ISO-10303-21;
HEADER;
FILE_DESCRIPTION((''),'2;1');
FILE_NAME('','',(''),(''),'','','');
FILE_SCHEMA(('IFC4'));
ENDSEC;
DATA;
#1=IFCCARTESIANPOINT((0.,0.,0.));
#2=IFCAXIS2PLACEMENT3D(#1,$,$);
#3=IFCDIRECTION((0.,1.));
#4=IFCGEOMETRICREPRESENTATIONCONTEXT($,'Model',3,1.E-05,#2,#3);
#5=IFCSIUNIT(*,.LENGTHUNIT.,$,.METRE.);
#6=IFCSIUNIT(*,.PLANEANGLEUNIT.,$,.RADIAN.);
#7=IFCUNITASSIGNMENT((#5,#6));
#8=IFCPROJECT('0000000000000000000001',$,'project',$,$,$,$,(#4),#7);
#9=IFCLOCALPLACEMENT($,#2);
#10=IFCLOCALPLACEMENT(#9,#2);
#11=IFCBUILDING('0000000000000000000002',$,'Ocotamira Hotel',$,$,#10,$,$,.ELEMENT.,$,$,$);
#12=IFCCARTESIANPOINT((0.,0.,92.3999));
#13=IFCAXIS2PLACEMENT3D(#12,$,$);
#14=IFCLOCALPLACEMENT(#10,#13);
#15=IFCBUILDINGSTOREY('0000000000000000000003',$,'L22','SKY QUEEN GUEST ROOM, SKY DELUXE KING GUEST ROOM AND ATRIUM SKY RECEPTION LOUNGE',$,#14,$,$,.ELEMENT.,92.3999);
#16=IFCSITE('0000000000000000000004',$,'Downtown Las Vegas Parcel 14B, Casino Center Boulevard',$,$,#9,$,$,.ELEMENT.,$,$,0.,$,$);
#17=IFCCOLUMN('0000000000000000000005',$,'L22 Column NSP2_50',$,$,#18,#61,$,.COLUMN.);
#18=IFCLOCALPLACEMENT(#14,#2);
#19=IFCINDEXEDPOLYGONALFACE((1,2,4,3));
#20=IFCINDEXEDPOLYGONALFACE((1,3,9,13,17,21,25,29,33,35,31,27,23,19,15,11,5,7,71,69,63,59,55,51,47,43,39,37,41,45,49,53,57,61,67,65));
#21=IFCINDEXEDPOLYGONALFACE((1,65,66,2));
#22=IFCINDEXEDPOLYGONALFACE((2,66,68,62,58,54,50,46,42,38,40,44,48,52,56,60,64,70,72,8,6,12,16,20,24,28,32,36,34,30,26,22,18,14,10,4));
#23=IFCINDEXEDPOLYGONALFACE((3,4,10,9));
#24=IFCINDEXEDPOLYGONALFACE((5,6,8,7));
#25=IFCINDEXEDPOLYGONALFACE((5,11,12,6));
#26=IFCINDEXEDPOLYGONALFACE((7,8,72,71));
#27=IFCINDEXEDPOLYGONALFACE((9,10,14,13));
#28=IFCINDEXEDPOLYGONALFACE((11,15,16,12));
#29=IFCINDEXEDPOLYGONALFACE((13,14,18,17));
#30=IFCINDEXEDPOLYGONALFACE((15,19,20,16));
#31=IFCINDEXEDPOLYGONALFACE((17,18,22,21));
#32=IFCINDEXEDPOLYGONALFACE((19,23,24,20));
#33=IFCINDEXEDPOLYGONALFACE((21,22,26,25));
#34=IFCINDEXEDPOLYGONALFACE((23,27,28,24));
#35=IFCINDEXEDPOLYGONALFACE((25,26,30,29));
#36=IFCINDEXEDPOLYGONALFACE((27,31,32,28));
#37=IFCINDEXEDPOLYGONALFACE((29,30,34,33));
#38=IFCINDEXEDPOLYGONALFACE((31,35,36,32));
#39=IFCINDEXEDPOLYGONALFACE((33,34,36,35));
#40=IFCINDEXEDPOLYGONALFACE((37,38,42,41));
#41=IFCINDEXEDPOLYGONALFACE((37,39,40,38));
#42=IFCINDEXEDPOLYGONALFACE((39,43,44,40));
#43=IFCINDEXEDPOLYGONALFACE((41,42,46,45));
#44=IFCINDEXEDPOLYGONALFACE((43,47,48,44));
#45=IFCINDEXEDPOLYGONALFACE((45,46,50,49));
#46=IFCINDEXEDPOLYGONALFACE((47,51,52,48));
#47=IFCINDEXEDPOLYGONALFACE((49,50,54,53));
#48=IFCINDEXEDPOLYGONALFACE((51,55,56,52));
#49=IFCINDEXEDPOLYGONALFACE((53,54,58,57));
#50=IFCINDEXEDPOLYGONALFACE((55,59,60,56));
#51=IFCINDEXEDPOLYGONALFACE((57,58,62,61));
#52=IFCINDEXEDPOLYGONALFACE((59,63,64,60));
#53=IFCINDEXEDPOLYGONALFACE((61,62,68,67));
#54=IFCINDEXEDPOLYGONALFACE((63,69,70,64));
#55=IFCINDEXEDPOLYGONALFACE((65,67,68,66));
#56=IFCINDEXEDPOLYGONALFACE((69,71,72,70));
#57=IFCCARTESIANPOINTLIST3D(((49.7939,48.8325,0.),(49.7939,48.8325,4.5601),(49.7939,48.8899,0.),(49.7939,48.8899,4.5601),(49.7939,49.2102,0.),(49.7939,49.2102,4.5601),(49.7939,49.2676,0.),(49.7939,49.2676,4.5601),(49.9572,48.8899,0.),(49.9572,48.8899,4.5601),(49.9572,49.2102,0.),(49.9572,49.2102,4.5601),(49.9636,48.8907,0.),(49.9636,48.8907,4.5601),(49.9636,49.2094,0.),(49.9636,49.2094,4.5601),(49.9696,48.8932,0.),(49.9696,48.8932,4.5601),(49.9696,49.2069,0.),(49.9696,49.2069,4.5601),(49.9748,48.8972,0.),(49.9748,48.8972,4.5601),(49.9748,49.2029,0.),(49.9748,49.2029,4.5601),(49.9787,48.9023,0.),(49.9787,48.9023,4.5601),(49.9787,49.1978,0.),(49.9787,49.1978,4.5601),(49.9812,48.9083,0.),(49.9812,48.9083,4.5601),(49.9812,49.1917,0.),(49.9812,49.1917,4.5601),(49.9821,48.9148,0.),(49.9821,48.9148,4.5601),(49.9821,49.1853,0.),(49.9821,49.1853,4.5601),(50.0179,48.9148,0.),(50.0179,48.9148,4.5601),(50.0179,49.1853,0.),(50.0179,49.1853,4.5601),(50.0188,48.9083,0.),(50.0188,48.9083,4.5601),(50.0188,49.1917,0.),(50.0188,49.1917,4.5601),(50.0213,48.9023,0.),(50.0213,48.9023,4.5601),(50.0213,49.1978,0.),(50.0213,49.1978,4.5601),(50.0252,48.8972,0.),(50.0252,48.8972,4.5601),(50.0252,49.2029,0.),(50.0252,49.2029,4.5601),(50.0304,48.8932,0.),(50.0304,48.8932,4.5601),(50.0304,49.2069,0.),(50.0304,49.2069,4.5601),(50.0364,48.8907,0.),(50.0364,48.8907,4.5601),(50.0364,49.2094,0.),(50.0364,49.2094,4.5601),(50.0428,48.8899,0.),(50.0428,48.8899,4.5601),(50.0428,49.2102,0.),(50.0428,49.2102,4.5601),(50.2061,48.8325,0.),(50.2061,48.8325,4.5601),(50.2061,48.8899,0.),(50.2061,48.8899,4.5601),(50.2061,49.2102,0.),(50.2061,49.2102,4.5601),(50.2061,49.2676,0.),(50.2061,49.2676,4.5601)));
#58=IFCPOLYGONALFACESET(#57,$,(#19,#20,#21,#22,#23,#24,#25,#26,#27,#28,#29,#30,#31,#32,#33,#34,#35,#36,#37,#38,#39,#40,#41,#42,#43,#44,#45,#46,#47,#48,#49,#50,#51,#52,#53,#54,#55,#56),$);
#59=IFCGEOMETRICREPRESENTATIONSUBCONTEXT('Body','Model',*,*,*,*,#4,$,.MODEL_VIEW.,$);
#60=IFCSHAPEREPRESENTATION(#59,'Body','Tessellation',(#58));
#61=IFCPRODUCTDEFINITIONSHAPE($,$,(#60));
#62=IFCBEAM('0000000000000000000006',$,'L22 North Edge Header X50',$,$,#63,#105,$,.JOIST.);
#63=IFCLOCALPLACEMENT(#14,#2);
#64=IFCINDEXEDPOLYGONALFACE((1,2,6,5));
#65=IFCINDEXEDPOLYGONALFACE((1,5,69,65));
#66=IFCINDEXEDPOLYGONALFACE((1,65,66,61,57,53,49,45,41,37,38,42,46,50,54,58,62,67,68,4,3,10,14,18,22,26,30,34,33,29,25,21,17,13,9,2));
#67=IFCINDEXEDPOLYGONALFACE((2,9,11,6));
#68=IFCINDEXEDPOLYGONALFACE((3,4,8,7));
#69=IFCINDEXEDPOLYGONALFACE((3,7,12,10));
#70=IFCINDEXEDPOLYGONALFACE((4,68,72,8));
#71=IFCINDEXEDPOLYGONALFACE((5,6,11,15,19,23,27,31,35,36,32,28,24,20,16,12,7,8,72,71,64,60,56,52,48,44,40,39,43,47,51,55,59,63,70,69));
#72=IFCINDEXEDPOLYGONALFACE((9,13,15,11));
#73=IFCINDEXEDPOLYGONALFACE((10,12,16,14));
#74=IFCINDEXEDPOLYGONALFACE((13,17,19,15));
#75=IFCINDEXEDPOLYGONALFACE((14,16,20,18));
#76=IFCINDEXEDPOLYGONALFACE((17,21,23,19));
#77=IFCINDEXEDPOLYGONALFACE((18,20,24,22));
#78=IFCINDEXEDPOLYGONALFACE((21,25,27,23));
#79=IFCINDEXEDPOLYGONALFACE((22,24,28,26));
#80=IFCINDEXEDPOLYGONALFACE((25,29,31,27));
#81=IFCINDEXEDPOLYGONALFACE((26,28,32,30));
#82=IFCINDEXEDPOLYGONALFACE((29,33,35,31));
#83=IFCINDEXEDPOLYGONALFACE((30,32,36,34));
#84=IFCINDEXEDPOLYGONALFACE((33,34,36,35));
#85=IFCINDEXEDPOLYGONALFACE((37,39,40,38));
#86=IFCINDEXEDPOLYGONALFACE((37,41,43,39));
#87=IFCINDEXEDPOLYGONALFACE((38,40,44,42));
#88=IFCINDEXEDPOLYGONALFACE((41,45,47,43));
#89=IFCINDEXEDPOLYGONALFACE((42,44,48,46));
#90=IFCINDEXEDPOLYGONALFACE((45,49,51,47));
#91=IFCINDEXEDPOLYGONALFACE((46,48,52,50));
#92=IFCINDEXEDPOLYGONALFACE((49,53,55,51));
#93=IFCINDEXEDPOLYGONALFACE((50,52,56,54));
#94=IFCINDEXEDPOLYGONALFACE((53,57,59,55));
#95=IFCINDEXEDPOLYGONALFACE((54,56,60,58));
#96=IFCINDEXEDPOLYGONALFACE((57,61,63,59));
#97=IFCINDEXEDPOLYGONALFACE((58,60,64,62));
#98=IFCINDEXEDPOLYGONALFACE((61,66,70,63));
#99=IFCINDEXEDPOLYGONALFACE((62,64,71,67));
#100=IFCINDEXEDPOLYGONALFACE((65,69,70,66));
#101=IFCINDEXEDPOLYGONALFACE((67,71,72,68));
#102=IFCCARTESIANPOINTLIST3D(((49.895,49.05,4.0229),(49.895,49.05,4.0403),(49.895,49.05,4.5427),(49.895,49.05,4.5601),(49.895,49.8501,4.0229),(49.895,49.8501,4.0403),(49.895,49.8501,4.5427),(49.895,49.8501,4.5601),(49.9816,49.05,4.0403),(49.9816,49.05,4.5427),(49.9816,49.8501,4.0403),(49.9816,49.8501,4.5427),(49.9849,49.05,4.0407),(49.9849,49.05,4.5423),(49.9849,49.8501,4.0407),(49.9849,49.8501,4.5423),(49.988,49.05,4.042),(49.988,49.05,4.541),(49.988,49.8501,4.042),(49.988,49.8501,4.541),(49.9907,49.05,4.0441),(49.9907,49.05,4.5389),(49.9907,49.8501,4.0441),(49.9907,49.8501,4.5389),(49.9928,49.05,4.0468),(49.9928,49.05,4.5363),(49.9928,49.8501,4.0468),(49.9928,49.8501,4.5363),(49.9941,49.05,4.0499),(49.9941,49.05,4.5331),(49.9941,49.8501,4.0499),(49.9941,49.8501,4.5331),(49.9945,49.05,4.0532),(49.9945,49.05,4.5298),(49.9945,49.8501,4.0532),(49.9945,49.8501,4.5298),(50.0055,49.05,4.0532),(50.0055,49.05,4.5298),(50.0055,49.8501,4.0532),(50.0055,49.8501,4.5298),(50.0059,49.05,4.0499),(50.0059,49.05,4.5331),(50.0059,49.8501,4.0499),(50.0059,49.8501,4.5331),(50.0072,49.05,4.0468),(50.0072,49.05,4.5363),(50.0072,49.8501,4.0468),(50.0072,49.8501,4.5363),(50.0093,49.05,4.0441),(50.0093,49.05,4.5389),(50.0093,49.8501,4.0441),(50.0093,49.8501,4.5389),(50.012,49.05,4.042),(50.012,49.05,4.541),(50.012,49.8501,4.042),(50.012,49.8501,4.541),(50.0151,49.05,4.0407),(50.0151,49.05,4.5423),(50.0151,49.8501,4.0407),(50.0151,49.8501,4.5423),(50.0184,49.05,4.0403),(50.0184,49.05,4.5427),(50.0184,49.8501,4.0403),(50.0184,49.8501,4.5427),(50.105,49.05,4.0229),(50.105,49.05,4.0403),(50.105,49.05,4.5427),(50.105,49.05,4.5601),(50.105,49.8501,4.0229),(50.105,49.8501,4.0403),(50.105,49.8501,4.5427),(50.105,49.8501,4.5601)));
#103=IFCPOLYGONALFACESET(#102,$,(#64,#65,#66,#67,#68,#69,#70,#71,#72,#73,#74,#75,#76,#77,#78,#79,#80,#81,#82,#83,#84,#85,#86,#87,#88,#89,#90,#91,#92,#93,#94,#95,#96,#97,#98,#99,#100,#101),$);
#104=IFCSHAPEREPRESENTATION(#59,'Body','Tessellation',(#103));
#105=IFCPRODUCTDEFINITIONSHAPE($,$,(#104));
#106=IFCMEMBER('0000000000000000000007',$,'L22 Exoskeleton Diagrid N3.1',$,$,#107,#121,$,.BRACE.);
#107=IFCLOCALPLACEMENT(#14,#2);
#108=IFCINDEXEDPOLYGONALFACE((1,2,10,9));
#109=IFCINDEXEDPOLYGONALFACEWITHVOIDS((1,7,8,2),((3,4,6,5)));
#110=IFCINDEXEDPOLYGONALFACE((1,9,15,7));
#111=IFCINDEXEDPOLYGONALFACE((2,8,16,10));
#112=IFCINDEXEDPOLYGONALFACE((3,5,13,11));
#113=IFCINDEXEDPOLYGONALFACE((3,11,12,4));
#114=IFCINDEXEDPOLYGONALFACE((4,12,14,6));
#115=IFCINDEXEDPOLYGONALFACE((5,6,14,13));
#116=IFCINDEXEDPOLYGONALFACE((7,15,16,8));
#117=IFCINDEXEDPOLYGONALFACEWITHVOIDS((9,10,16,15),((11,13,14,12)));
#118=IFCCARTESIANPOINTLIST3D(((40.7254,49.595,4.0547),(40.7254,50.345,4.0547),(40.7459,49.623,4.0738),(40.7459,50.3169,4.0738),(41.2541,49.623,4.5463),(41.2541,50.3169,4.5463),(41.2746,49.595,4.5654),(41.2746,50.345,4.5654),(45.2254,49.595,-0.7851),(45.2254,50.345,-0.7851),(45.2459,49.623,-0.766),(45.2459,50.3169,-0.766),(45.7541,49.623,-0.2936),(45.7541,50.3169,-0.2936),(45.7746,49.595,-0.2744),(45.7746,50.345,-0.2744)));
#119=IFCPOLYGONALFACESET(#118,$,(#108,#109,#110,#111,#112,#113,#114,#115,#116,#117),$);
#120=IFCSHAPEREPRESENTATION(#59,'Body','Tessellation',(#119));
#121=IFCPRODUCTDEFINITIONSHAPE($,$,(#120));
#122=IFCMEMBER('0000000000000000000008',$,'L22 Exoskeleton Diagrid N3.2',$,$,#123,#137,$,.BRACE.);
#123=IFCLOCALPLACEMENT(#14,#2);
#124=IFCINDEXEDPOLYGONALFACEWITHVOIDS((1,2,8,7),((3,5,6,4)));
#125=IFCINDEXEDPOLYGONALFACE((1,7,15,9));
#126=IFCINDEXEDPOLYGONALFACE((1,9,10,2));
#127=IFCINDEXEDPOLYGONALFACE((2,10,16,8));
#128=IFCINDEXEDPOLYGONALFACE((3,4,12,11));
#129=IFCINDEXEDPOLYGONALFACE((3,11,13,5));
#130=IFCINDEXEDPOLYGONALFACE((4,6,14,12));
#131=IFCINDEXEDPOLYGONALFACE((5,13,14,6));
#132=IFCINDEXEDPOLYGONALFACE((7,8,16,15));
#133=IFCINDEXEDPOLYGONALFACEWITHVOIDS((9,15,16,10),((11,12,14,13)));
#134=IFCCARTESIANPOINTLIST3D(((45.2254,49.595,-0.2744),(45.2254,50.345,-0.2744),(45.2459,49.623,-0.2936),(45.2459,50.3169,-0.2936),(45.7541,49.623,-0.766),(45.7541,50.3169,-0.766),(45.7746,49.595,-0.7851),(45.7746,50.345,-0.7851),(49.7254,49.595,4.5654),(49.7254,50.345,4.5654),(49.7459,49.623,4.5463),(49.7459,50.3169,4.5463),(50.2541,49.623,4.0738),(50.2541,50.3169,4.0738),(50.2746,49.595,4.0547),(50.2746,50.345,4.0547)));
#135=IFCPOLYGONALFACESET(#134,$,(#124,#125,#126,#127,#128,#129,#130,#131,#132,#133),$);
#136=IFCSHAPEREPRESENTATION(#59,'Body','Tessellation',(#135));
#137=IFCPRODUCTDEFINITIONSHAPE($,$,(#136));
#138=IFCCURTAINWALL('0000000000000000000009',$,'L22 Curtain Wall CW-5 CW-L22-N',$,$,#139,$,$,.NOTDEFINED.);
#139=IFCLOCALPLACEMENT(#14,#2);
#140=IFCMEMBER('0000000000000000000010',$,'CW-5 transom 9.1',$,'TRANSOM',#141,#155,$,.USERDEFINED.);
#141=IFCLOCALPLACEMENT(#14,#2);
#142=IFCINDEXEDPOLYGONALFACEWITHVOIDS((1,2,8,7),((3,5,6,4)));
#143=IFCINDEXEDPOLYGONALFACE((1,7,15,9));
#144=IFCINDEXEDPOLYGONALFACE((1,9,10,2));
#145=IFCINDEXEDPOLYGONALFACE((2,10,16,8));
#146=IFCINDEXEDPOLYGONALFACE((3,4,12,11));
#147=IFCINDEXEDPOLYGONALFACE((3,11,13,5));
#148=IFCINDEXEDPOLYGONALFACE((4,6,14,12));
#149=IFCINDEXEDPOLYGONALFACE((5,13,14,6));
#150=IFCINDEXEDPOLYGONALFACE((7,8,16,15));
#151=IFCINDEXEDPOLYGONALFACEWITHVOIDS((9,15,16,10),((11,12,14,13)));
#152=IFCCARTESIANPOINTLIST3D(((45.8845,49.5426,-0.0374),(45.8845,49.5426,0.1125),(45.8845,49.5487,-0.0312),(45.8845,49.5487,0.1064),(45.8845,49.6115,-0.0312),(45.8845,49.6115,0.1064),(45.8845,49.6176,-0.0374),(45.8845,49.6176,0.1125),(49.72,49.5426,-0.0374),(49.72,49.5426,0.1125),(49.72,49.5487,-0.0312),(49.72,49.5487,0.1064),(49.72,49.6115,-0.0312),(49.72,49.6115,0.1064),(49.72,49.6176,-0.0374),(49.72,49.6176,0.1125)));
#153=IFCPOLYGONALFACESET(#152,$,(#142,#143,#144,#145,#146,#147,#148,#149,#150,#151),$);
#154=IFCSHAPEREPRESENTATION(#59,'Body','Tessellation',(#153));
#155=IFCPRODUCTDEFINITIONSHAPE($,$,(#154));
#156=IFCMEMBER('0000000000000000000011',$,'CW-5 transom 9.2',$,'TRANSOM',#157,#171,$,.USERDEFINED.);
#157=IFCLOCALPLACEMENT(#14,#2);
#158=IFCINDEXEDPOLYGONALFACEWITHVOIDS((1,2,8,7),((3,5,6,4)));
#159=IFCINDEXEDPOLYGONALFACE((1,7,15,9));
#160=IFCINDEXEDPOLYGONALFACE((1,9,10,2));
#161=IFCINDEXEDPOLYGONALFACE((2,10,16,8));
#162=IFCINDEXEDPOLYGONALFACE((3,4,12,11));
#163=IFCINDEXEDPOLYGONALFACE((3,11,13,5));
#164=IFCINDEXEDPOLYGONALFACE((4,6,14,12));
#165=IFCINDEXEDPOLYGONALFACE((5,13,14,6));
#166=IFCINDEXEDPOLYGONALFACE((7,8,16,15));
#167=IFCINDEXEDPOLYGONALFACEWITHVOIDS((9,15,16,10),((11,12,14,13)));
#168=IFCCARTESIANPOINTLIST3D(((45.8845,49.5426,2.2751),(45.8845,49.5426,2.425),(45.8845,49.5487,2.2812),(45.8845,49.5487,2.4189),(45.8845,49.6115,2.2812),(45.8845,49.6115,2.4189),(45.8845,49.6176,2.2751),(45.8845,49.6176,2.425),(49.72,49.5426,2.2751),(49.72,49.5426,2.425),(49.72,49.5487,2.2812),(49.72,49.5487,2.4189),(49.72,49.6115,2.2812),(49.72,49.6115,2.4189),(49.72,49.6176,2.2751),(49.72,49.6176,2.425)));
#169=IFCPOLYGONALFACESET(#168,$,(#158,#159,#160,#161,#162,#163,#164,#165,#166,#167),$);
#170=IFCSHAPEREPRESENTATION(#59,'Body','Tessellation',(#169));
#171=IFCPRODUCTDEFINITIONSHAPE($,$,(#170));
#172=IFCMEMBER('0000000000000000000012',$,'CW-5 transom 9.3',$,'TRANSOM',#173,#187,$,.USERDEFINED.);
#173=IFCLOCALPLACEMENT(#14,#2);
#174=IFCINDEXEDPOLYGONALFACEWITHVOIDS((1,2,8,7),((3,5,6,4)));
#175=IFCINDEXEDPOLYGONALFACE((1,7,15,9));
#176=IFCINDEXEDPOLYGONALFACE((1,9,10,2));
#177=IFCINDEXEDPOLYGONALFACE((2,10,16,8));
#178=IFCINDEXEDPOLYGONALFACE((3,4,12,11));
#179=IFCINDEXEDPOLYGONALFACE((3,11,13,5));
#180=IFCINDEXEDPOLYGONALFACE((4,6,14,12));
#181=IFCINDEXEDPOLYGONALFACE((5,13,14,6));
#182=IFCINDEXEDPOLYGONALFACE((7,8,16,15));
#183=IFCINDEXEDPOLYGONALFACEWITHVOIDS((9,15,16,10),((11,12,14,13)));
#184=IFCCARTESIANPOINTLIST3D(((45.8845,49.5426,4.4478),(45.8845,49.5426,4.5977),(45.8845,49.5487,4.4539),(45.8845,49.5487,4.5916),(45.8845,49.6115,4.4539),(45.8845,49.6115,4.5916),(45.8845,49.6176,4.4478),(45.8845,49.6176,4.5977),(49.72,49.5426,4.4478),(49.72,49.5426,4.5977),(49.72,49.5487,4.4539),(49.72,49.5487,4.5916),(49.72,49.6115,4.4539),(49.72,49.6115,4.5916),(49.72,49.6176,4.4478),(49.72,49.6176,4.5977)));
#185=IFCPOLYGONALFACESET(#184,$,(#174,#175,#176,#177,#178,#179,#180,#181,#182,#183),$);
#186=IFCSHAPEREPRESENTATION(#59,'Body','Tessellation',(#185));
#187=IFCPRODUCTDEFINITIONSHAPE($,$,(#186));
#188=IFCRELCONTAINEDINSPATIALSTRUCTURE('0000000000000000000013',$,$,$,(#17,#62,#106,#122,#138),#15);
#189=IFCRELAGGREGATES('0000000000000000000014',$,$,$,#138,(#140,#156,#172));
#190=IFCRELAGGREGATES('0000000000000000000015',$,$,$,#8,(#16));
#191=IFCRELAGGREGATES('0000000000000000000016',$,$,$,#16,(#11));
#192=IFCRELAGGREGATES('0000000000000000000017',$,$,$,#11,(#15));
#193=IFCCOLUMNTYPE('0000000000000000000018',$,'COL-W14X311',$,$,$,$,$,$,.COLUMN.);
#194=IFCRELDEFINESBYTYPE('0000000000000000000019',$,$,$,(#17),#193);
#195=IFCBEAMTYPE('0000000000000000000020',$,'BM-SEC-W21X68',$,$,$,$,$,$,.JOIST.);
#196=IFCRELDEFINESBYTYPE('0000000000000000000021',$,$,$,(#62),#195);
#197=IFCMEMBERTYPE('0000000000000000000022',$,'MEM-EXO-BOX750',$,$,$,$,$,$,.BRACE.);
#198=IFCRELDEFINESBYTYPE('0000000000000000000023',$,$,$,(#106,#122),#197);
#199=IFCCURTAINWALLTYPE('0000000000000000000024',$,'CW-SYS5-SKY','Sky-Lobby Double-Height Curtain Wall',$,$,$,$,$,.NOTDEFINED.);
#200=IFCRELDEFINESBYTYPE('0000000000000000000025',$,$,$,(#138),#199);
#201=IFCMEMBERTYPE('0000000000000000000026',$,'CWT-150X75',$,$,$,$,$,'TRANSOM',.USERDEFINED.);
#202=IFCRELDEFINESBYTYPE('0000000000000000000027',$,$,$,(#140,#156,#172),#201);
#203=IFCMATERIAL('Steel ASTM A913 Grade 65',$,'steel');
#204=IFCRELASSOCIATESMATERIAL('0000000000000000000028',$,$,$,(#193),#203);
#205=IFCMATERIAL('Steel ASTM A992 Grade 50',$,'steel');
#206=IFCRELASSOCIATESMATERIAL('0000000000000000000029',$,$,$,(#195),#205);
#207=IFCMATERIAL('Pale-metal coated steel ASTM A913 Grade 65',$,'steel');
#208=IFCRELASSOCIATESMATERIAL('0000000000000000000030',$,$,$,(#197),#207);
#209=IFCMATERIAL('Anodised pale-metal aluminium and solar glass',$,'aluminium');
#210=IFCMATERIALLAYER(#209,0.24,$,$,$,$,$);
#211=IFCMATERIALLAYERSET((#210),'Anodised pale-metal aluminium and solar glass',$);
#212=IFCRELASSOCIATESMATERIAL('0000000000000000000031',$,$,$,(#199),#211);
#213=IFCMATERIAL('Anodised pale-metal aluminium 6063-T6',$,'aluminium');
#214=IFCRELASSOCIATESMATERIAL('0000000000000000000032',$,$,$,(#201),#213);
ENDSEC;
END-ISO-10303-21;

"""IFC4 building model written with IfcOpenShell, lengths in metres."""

from ifc_helpers import new_model, si_unit, direction, frame, origin, origin_2d, place, context, subcontext, project, spatial, hollow_rectangle, i_section, extrude, source, transform, mapped, material, layer, layer_set, material_profile, profile_set, type_object, element, aggregate, save


model = new_model("IFC4")

# Units and contexts
model_context = context("Model", 3, precision=1e-05, world=origin(), true_north=direction((0.0, 1.0)))
body_context = subcontext(model_context, "Body", "Model", "MODEL_VIEW")
ifc_project = project(units=[si_unit("LENGTHUNIT", "METRE"), si_unit("PLANEANGLEUNIT", "RADIAN")], contexts=[model_context])

# Site, building, storey
site_placement = place(None, origin())
site = spatial("IfcSite", under=ifc_project, at=site_placement, Name="Downtown Las Vegas Parcel 14B, Casino Center Boulevard", CompositionType="ELEMENT", RefElevation=0.0)
building_placement = place(site_placement, origin())
building = spatial("IfcBuilding", under=site, at=building_placement, Name="Ocotamira Hotel", CompositionType="ELEMENT")
storey_placement = place(building_placement, frame((0.0, 0.0, 92.3999)))
storey = spatial("IfcBuildingStorey", under=building, at=storey_placement, Name="L22", Description="SKY QUEEN GUEST ROOM, SKY DELUXE KING GUEST ROOM AND ATRIUM SKY RECEPTION LOUNGE", CompositionType="ELEMENT", Elevation=92.3999)

# Column
ifc_material_1 = material(Name="Steel ASTM A913 Grade 65", Category="steel")
ifc_material_profile_1 = material_profile(ifc_material_1, i_section(OverallWidth=0.4121, OverallDepth=0.4351, WebThickness=0.0359, FlangeThickness=0.0574, FilletRadius=0.0249, at=origin_2d()), Name="W14X311")
ifc_profile_set_1 = profile_set([ifc_material_profile_1], Name="Steel ASTM A913 Grade 65")
column_type = type_object("IfcColumnType", Name="COL-W14X311", PredefinedType="COLUMN", material=ifc_profile_set_1)
shared_shape_1 = source(origin(), body_context, "Body", "SweptSolid", [
    extrude(i_section(OverallWidth=0.4121, OverallDepth=0.4351, WebThickness=0.0359, FlangeThickness=0.0574, FilletRadius=0.0249, at=origin_2d()), origin(), (0.0, 0.0, 1.0), 4.5601),
])
column_placement = place(storey_placement, frame((50.0, 49.05, 0.0), z_axis=(0.0, 0.0, 1.0), x_axis=(1.0, 0.0, 0.0)))
element("IfcColumn", 1, at=column_placement, inside=storey, type_object=column_type, Name="L22 Column NSP2_50", PredefinedType="COLUMN", context=body_context, shape_type="MappedRepresentation", body=[
    mapped(shared_shape_1, transform((0.0, 0.0, 0.0), scale=1.0)),
])

# Beam
ifc_material_2 = material(Name="Steel ASTM A992 Grade 50", Category="steel")
ifc_material_profile_2 = material_profile(ifc_material_2, i_section(OverallWidth=0.21, OverallDepth=0.5371, WebThickness=0.011, FlangeThickness=0.0173, FilletRadius=0.0129, at=origin_2d()), Name="W21X68")
ifc_profile_set_2 = profile_set([ifc_material_profile_2], Name="Steel ASTM A992 Grade 50")
beam_type = type_object("IfcBeamType", Name="BM-SEC-W21X68", PredefinedType="JOIST", material=ifc_profile_set_2)
shared_shape_2 = source(origin(), body_context, "Body", "SweptSolid", [
    extrude(i_section(OverallWidth=0.21, OverallDepth=0.5371, WebThickness=0.011, FlangeThickness=0.0173, FilletRadius=0.0129, at=origin_2d()), origin(), (0.0, 0.0, 1.0), 0.8),
])
beam_placement = place(storey_placement, frame((50.0, 49.05, 4.2915), z_axis=(0.0, 1.0, 0.0), x_axis=(-1.0, 0.0, 0.0)))
element("IfcBeam", 2, at=beam_placement, inside=storey, type_object=beam_type, Name="L22 North Edge Header X50", PredefinedType="JOIST", context=body_context, shape_type="MappedRepresentation", body=[
    mapped(shared_shape_2, transform((0.0, 0.0, 0.0), scale=1.0)),
])

# Members
ifc_material_3 = material(Name="Pale-metal coated steel ASTM A913 Grade 65", Category="steel")
ifc_material_profile_3 = material_profile(ifc_material_3, hollow_rectangle(XDim=0.75, YDim=0.75, WallThickness=0.0281, at=origin_2d()), Name="BOX750X750X28")
ifc_profile_set_3 = profile_set([ifc_material_profile_3], Name="Pale-metal coated steel ASTM A913 Grade 65")
member_type_1 = type_object("IfcMemberType", Name="MEM-EXO-BOX750", PredefinedType="BRACE", material=ifc_profile_set_3)
shared_shape_3 = source(origin(), body_context, "Body", "SweptSolid", [
    extrude(hollow_rectangle(XDim=0.75, YDim=0.75, WallThickness=0.0281, at=origin_2d()), origin(), (0.0, 0.0, 1.0), 6.6086),
])
for number, where, z_axis, x_axis, name in (
    (3, (45.5, 49.97, -0.5298), (-0.680927, 0.0, 0.732351), (0.0, -1.0, 0.0), "L22 Exoskeleton Diagrid N3.1"),
    (4, (45.5, 49.97, -0.5298), (0.680927, 0.0, 0.732351), (0.0, 1.0, 0.0), "L22 Exoskeleton Diagrid N3.2"),
):
    element("IfcMember", number, at=place(storey_placement, frame(where, z_axis=z_axis, x_axis=x_axis)), inside=storey, type_object=member_type_1, Name=name, PredefinedType="BRACE", context=body_context, shape_type="MappedRepresentation", body=[
        mapped(shared_shape_3, transform((0.0, 0.0, 0.0), scale=1.0)),
    ])

# Curtain wall, members
ifc_material_4 = material(Name="Anodised pale-metal aluminium and solar glass", Category="aluminium")
ifc_layer_1 = layer(ifc_material_4, 0.24)
ifc_layer_set_1 = layer_set([ifc_layer_1], Name="Anodised pale-metal aluminium and solar glass")
curtain_wall_type = type_object("IfcCurtainWallType", Name="CW-SYS5-SKY", Description="Sky-Lobby Double-Height Curtain Wall", PredefinedType="NOTDEFINED", material=ifc_layer_set_1)
curtain_wall_placement = place(storey_placement, origin())
curtain_wall = element("IfcCurtainWall", 5, at=curtain_wall_placement, inside=storey, type_object=curtain_wall_type, Name="L22 Curtain Wall CW-5 CW-L22-N", PredefinedType="NOTDEFINED")
ifc_material_5 = material(Name="Anodised pale-metal aluminium 6063-T6", Category="aluminium")
ifc_material_profile_4 = material_profile(ifc_material_5, hollow_rectangle(XDim=0.075, YDim=0.1499, WallThickness=0.0061, at=origin_2d()), Name="HSS150X75X6")
ifc_profile_set_4 = profile_set([ifc_material_profile_4], Name="Anodised pale-metal aluminium 6063-T6")
member_type_2 = type_object("IfcMemberType", Name="CWT-150X75", ElementType="TRANSOM", PredefinedType="USERDEFINED", material=ifc_profile_set_4)
shared_shape_4 = source(origin(), body_context, "Body", "SweptSolid", [
    extrude(hollow_rectangle(XDim=0.075, YDim=0.1499, WallThickness=0.0061, at=origin_2d()), origin(), (0.0, 0.0, 1.0), 3.8354),
])
member_1_placement = place(storey_placement, frame((45.8845, 49.5801, 0.0376), z_axis=(1.0, 0.0, 0.0), x_axis=(0.0, 1.0, 0.0)))
member_1 = element("IfcMember", 6, at=member_1_placement, type_object=member_type_2, Name="CW-5 transom 9.1", ObjectType="TRANSOM", PredefinedType="USERDEFINED", context=body_context, shape_type="MappedRepresentation", body=[
    mapped(shared_shape_4, transform((0.0, 0.0, 0.0), scale=1.0)),
])
member_2_placement = place(storey_placement, frame((45.8845, 49.5801, 2.3501), z_axis=(1.0, 0.0, 0.0), x_axis=(0.0, 1.0, 0.0)))
member_2 = element("IfcMember", 7, at=member_2_placement, type_object=member_type_2, Name="CW-5 transom 9.2", ObjectType="TRANSOM", PredefinedType="USERDEFINED", context=body_context, shape_type="MappedRepresentation", body=[
    mapped(shared_shape_4, transform((0.0, 0.0, 0.0), scale=1.0)),
])
member_3_placement = place(storey_placement, frame((45.8845, 49.5801, 4.5227), z_axis=(1.0, 0.0, 0.0), x_axis=(0.0, 1.0, 0.0)))
member_3 = element("IfcMember", 8, at=member_3_placement, type_object=member_type_2, Name="CW-5 transom 9.3", ObjectType="TRANSOM", PredefinedType="USERDEFINED", context=body_context, shape_type="MappedRepresentation", body=[
    mapped(shared_shape_4, transform((0.0, 0.0, 0.0), scale=1.0)),
])

aggregate(curtain_wall, [member_1, member_2, member_3])

save(model, "model.ifc")
